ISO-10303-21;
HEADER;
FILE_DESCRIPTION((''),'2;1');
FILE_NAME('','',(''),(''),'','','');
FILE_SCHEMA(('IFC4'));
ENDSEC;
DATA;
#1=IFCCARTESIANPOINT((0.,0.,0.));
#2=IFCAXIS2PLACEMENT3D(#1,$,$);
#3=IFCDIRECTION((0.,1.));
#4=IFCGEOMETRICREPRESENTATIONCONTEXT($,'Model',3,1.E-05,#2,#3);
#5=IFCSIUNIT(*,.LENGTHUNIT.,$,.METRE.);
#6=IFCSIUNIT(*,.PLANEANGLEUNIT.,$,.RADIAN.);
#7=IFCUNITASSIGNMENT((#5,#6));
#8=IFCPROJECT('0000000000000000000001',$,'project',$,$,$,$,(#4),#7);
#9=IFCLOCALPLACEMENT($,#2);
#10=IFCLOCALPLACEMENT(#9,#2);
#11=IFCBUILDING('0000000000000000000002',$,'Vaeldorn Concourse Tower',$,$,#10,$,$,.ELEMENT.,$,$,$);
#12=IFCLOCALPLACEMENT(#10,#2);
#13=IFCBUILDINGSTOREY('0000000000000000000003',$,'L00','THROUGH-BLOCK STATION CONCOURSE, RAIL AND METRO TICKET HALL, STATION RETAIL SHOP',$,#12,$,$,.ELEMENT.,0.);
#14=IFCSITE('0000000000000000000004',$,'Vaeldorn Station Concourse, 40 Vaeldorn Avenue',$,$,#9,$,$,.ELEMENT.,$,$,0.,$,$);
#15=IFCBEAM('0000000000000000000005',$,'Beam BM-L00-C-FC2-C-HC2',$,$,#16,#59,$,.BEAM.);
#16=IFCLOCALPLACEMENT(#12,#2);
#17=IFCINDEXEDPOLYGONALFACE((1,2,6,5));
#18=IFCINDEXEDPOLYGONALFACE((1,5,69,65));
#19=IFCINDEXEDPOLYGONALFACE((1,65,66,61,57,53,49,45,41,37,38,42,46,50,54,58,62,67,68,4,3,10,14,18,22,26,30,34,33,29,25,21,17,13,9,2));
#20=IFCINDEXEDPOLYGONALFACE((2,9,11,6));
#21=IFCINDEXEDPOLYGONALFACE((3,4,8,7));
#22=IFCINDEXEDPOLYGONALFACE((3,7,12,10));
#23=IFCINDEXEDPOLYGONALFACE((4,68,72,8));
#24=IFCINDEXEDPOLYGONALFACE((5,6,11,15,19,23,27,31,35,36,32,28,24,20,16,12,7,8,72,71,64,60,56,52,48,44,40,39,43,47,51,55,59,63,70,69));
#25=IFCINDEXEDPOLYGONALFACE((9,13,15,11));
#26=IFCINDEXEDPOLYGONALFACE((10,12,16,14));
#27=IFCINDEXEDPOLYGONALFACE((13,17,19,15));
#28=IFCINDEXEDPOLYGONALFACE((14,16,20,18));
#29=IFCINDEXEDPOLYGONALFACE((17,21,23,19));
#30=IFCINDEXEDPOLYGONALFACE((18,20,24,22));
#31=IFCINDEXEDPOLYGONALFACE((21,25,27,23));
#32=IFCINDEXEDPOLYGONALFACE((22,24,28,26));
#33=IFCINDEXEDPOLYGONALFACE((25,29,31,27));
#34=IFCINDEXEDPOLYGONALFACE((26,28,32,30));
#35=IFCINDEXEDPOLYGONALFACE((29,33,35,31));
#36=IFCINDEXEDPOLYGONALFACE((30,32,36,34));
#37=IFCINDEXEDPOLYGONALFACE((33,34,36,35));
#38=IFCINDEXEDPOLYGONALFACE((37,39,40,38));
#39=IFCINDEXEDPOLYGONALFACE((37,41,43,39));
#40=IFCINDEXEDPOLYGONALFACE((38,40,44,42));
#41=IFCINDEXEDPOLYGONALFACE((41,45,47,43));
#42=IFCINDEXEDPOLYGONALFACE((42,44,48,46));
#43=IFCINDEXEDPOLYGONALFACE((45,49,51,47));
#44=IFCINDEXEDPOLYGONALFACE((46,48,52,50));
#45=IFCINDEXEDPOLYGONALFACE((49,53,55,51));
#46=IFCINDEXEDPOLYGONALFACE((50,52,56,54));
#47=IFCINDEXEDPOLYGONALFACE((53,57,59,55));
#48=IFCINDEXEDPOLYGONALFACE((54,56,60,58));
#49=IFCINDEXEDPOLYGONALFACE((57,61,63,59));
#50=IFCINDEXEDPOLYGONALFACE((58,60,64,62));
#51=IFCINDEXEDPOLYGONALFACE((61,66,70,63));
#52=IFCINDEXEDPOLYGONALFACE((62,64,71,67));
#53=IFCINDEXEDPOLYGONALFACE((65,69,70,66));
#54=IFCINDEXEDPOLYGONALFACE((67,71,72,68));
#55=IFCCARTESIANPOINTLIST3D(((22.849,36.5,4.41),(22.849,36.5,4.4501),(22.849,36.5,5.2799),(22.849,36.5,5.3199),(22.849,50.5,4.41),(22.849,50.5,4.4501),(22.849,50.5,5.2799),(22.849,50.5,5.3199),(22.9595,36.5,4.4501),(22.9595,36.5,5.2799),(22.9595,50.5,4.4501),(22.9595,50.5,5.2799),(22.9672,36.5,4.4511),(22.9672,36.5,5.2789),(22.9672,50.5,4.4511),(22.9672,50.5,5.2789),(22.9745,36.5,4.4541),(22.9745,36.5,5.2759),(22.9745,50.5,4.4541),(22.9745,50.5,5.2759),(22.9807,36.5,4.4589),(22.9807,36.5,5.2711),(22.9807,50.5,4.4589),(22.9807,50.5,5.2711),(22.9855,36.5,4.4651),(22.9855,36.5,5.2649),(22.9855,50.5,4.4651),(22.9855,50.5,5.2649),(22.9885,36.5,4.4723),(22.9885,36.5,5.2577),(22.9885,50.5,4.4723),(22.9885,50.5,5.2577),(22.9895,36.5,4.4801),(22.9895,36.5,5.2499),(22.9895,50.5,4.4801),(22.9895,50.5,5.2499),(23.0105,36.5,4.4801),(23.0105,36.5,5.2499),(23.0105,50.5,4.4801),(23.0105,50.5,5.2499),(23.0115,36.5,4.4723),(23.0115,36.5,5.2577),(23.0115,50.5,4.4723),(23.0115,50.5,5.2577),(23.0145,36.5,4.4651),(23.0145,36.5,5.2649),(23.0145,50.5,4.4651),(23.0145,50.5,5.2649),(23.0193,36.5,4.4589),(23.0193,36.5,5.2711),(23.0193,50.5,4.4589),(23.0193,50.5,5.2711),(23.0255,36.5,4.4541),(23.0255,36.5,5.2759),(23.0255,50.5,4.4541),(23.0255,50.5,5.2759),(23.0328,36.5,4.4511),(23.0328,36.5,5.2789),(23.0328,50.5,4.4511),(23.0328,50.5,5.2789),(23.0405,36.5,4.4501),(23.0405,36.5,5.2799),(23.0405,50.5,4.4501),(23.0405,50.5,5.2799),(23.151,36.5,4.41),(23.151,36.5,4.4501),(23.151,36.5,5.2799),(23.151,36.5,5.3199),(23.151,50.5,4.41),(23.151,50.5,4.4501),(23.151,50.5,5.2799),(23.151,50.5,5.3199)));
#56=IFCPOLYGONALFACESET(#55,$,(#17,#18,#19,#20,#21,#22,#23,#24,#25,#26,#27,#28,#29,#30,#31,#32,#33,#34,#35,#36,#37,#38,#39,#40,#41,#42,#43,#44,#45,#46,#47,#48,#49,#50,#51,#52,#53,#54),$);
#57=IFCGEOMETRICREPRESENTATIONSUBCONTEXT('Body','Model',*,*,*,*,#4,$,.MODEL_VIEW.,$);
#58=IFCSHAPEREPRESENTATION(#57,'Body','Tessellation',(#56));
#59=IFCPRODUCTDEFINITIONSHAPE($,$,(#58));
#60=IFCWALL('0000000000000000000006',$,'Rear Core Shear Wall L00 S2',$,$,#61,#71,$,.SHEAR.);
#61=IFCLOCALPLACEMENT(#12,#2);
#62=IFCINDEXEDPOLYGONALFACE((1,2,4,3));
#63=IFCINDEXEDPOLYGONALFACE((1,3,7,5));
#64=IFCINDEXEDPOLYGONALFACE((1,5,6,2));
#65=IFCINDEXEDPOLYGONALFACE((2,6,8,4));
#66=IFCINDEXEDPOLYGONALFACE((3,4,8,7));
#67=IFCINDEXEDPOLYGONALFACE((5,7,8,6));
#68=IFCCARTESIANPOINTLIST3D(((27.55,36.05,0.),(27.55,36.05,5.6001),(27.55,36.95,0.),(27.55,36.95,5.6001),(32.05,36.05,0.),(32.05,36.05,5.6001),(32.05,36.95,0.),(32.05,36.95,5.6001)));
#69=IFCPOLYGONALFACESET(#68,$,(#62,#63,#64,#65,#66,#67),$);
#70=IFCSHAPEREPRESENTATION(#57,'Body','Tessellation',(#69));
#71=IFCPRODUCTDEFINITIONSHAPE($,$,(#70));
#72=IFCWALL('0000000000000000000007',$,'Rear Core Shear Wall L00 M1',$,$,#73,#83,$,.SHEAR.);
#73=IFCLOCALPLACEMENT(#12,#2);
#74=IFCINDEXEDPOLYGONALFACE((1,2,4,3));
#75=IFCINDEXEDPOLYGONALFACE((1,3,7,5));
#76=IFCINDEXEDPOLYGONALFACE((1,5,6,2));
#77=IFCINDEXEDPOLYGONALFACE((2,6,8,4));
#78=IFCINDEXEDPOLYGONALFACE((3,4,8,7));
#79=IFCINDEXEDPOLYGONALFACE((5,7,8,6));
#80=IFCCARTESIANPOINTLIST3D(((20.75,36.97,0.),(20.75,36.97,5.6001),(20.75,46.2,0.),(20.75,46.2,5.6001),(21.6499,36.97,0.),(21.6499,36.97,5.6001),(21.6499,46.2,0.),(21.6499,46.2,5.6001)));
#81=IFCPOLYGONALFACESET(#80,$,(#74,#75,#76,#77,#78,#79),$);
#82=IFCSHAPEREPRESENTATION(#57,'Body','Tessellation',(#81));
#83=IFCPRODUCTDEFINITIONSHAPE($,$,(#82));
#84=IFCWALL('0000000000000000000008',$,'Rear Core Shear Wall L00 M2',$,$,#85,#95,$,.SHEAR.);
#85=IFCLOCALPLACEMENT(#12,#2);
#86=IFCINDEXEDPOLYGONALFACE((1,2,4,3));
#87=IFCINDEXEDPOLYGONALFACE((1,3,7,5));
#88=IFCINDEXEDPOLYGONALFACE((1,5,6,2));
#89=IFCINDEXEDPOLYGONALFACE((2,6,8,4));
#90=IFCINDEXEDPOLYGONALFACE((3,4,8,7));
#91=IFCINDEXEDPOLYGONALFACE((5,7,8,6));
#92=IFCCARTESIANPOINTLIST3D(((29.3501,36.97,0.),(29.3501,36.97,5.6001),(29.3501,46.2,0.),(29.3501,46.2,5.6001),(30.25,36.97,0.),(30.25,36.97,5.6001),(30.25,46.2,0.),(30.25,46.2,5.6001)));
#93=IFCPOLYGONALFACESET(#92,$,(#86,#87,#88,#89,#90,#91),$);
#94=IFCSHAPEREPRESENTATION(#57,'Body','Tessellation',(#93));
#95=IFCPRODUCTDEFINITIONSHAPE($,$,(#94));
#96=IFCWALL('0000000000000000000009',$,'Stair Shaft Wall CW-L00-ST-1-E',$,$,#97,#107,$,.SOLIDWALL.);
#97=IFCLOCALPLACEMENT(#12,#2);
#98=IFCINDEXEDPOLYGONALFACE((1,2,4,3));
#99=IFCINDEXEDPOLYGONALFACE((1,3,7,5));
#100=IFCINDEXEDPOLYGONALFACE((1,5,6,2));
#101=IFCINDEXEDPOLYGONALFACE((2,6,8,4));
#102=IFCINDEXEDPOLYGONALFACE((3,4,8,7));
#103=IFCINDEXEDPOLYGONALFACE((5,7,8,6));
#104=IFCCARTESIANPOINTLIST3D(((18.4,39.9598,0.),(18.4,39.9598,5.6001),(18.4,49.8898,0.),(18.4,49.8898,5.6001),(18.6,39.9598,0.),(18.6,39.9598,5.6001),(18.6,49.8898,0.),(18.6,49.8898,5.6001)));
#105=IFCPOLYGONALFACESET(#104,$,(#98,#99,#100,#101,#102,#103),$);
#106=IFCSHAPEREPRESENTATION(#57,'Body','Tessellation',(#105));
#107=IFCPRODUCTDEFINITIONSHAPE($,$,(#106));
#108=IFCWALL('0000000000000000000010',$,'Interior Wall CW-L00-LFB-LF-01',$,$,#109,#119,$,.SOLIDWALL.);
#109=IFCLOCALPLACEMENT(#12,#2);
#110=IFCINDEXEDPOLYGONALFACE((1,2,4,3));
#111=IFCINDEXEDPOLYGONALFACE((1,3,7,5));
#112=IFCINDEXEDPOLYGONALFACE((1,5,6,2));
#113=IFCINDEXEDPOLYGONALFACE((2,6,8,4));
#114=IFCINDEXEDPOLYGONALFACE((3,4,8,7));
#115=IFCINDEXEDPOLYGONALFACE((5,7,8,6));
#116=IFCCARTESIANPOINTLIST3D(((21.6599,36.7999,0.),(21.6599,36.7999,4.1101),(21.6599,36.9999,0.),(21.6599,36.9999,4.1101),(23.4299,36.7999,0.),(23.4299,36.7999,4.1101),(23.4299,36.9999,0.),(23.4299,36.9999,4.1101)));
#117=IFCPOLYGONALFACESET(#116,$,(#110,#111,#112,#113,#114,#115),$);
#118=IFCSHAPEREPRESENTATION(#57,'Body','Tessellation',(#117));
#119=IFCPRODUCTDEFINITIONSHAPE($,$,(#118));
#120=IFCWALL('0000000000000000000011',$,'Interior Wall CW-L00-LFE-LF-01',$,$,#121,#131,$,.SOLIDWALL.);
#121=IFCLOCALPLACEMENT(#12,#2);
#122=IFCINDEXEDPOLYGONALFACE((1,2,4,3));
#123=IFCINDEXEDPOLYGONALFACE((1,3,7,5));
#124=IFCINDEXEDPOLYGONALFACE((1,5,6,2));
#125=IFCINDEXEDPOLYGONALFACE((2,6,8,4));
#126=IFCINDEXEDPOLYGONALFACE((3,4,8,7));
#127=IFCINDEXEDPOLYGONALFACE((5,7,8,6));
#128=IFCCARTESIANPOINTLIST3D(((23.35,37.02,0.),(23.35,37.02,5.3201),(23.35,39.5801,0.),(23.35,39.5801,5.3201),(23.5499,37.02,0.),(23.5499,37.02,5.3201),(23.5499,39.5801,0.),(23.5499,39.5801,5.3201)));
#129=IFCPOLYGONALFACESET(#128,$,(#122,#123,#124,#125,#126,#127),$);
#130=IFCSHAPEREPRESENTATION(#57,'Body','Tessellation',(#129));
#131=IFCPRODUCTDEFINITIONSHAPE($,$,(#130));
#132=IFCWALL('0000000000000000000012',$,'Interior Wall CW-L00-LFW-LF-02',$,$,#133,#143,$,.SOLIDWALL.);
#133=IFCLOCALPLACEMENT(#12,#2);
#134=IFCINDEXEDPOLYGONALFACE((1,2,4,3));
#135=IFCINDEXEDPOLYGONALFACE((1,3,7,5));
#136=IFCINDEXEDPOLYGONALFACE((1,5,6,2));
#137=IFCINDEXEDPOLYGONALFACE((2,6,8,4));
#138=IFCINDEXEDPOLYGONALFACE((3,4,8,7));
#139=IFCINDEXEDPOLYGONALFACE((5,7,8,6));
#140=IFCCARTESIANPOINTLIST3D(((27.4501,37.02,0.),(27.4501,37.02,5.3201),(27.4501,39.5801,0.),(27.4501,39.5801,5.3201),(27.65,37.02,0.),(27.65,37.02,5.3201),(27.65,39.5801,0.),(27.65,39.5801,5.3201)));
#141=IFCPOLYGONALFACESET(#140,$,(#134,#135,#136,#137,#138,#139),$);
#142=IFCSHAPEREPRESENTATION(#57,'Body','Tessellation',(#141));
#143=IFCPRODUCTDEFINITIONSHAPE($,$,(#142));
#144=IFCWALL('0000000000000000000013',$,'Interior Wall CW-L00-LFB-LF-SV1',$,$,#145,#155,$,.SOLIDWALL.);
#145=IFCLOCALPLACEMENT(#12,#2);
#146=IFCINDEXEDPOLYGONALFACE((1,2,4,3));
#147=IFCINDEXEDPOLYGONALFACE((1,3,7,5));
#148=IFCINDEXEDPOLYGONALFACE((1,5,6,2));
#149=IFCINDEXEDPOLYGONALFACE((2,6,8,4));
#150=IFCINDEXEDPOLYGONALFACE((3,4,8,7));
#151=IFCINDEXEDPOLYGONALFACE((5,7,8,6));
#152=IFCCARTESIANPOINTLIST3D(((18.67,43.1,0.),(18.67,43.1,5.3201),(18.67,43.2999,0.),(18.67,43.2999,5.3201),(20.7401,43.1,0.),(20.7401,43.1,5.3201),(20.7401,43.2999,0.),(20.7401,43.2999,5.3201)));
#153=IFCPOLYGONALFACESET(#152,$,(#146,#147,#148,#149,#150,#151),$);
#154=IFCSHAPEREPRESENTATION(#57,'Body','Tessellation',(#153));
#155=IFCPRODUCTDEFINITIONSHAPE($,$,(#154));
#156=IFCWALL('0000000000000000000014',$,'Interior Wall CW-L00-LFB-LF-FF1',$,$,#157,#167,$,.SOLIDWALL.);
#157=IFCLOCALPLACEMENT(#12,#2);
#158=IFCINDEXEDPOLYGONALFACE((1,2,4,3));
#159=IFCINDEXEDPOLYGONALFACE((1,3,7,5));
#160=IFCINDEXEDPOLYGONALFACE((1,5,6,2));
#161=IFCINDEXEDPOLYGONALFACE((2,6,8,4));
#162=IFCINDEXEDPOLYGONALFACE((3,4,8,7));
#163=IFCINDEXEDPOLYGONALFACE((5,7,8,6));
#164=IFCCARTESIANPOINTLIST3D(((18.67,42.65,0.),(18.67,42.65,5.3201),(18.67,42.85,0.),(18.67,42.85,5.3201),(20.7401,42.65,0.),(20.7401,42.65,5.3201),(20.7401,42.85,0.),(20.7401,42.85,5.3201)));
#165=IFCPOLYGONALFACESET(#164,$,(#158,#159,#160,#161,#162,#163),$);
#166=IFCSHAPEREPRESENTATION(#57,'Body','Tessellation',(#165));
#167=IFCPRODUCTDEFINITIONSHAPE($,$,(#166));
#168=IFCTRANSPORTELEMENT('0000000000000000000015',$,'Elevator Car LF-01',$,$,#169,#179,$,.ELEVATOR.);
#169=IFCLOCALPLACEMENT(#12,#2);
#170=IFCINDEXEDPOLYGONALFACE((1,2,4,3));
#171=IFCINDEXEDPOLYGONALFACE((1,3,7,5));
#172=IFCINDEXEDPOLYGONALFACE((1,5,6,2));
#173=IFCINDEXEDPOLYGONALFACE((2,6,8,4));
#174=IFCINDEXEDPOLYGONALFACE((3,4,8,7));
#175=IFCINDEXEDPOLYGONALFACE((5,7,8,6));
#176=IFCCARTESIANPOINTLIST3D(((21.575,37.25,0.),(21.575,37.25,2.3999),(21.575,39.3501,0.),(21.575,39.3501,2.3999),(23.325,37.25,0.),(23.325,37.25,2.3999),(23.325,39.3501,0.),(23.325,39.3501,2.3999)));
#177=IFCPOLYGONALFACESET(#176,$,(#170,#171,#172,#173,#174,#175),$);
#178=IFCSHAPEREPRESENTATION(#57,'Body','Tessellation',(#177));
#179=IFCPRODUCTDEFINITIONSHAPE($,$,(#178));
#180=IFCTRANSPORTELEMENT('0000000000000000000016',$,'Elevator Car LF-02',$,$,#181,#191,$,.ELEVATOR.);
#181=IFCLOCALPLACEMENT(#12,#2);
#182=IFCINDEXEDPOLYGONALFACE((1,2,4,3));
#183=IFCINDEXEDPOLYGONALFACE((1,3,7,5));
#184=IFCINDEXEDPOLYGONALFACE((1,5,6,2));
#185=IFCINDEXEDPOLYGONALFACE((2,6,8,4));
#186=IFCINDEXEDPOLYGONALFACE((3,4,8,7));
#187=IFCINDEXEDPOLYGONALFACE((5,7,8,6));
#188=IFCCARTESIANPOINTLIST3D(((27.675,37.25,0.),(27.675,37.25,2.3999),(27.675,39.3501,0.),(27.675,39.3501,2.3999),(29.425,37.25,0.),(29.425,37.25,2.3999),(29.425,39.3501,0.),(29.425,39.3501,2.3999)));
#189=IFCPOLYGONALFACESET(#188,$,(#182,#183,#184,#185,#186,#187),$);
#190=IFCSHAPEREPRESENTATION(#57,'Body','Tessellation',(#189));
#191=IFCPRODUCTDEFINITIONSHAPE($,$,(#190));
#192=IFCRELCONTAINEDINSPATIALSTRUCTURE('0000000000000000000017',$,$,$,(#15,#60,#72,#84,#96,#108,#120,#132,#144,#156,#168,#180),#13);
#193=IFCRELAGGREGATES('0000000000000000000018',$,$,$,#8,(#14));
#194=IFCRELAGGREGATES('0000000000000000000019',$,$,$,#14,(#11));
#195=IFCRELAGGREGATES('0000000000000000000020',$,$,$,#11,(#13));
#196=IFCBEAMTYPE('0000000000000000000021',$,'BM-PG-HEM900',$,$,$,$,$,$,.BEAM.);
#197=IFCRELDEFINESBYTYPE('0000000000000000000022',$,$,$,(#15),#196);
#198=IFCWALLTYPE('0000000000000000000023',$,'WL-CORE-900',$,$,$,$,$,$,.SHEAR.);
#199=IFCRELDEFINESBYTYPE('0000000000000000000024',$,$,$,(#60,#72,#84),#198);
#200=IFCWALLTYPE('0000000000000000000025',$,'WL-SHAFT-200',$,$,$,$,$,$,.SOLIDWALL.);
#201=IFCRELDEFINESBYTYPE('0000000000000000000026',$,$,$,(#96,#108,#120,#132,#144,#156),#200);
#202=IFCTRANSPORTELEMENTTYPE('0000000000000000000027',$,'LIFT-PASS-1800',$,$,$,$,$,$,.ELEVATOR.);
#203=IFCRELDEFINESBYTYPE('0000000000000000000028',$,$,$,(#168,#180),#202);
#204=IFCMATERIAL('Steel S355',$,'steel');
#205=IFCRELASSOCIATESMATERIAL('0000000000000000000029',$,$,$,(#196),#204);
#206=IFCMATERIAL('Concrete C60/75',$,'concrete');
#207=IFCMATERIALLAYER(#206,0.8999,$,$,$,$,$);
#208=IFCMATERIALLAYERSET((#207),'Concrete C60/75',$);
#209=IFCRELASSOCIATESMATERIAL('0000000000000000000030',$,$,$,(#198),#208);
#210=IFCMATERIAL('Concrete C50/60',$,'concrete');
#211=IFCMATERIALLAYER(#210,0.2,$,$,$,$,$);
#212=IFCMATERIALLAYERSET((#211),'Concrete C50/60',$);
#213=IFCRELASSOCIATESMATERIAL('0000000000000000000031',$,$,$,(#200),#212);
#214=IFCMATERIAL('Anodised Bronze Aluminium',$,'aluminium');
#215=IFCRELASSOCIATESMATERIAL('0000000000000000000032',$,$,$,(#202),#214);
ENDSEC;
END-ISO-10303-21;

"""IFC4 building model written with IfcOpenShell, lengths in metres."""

from ifc_helpers import new_model, si_unit, direction, frame, frame_2d, origin, origin_2d, place, context, subcontext, project, spatial, rectangle, i_section, extrude, source, transform, mapped, material, layer, layer_set, material_profile, profile_set, type_object, element, save


model = new_model("IFC4")

# Units and contexts
model_context = context("Model", 3, precision=1e-05, world=origin(), true_north=direction((0.0, 1.0)))
body_context = subcontext(model_context, "Body", "Model", "MODEL_VIEW")
ifc_project = project(units=[si_unit("LENGTHUNIT", "METRE"), si_unit("PLANEANGLEUNIT", "RADIAN")], contexts=[model_context])

# Site, building, storey
site_placement = place(None, origin())
site = spatial("IfcSite", under=ifc_project, at=site_placement, Name="Vaeldorn Station Concourse, 40 Vaeldorn Avenue", CompositionType="ELEMENT", RefElevation=0.0)
building_placement = place(site_placement, origin())
building = spatial("IfcBuilding", under=site, at=building_placement, Name="Vaeldorn Concourse Tower", CompositionType="ELEMENT")
storey_placement = place(building_placement, origin())
storey = spatial("IfcBuildingStorey", under=building, at=storey_placement, Name="L00", Description="THROUGH-BLOCK STATION CONCOURSE, RAIL AND METRO TICKET HALL, STATION RETAIL SHOP", CompositionType="ELEMENT", Elevation=0.0)

# Beam
ifc_material_1 = material(Name="Steel S355", Category="steel")
ifc_material_profile_1 = material_profile(ifc_material_1, i_section(OverallWidth=0.302, OverallDepth=0.9099, WebThickness=0.021, FlangeThickness=0.04, FilletRadius=0.03, at=origin_2d()), Name="HEM 900")
ifc_profile_set_1 = profile_set([ifc_material_profile_1], Name="Steel S355")
beam_type = type_object("IfcBeamType", Name="BM-PG-HEM900", PredefinedType="BEAM", material=ifc_profile_set_1)
shared_shape_1 = source(origin(), body_context, "Body", "SweptSolid", [
    extrude(i_section(OverallWidth=0.302, OverallDepth=0.9099, WebThickness=0.021, FlangeThickness=0.04, FilletRadius=0.03, at=origin_2d()), origin(), (0.0, 0.0, 1.0), 14.0),
])
beam_1_placement = place(storey_placement, frame((23.0, 36.5, 4.865), z_axis=(0.0, 1.0, 0.0), x_axis=(-1.0, 0.0, 0.0)))
element("IfcBeam", 1, at=beam_1_placement, inside=storey, type_object=beam_type, Name="Beam BM-L00-C-FC2-C-HC2", PredefinedType="BEAM", context=body_context, shape_type="MappedRepresentation", body=[
    mapped(shared_shape_1, transform((0.0, 0.0, 0.0), scale=1.0)),
])

# Walls
ifc_material_2 = material(Name="Concrete C60/75", Category="concrete")
ifc_layer_1 = layer(ifc_material_2, 0.8999)
ifc_layer_set_1 = layer_set([ifc_layer_1], Name="Concrete C60/75")
wall_type_1 = type_object("IfcWallType", Name="WL-CORE-900", PredefinedType="SHEAR", material=ifc_layer_set_1)
wall_1_placement = place(storey_placement, frame((27.55, 36.5, 0.0), z_axis=(0.0, 0.0, 1.0), x_axis=(1.0, 0.0, 0.0)))
element("IfcWall", 2, at=wall_1_placement, inside=storey, type_object=wall_type_1, Name="Rear Core Shear Wall L00 S2", PredefinedType="SHEAR", context=body_context, shape_type="SweptSolid", body=[
    extrude(rectangle(XDim=4.5, YDim=0.8999, at=frame_2d((2.25, 0.0))), origin(), (0.0, 0.0, 1.0), 5.6001),
])
for number, where, z_axis, x_axis, name in (
    (3, (21.2, 36.97, 0.0), (0.0, 0.0, 1.0), (0.0, 1.0, 0.0), "Rear Core Shear Wall L00 M1"),
    (4, (29.8, 36.97, 0.0), (0.0, 0.0, 1.0), (0.0, 1.0, 0.0), "Rear Core Shear Wall L00 M2"),
):
    element("IfcWall", number, at=place(storey_placement, frame(where, z_axis=z_axis, x_axis=x_axis)), inside=storey, type_object=wall_type_1, Name=name, PredefinedType="SHEAR", context=body_context, shape_type="SweptSolid", body=[
        extrude(rectangle(XDim=9.23, YDim=0.8999, at=frame_2d((4.615, 0.0))), origin(), (0.0, 0.0, 1.0), 5.6001),
    ])
ifc_material_3 = material(Name="Concrete C50/60", Category="concrete")
ifc_layer_2 = layer(ifc_material_3, 0.2)
ifc_layer_set_2 = layer_set([ifc_layer_2], Name="Concrete C50/60")
wall_type_2 = type_object("IfcWallType", Name="WL-SHAFT-200", PredefinedType="SOLIDWALL", material=ifc_layer_set_2)
wall_2_placement = place(storey_placement, frame((18.5, 39.96, 0.0), z_axis=(0.0, 0.0, 1.0), x_axis=(0.0, 1.0, 0.0)))
element("IfcWall", 5, at=wall_2_placement, inside=storey, type_object=wall_type_2, Name="Stair Shaft Wall CW-L00-ST-1-E", PredefinedType="SOLIDWALL", context=body_context, shape_type="SweptSolid", body=[
    extrude(rectangle(XDim=9.9299, YDim=0.2, at=frame_2d((4.9648, 0.0))), origin(), (0.0, 0.0, 1.0), 5.6001),
])

# Shared definitions
ifc_material_4 = material(Name="Anodised Bronze Aluminium", Category="aluminium")

# Walls
wall_3_placement = place(storey_placement, frame((21.6599, 36.8999, 0.0), z_axis=(0.0, 0.0, 1.0), x_axis=(1.0, 0.0, 0.0)))
element("IfcWall", 6, at=wall_3_placement, inside=storey, type_object=wall_type_2, Name="Interior Wall CW-L00-LFB-LF-01", PredefinedType="SOLIDWALL", context=body_context, shape_type="SweptSolid", body=[
    extrude(rectangle(XDim=1.77, YDim=0.2, at=frame_2d((0.885, 0.0))), origin(), (0.0, 0.0, 1.0), 4.1101),
])
wall_4_placement = place(storey_placement, frame((23.45, 37.02, 0.0), z_axis=(0.0, 0.0, 1.0), x_axis=(0.0, 1.0, 0.0)))
element("IfcWall", 7, at=wall_4_placement, inside=storey, type_object=wall_type_2, Name="Interior Wall CW-L00-LFE-LF-01", PredefinedType="SOLIDWALL", context=body_context, shape_type="SweptSolid", body=[
    extrude(rectangle(XDim=2.5601, YDim=0.2, at=frame_2d((1.28, 0.0))), origin(), (0.0, 0.0, 1.0), 5.3201),
])

# Wall
wall_5_placement = place(storey_placement, frame((27.55, 37.02, 0.0), z_axis=(0.0, 0.0, 1.0), x_axis=(0.0, 1.0, 0.0)))
element("IfcWall", 8, at=wall_5_placement, inside=storey, type_object=wall_type_2, Name="Interior Wall CW-L00-LFW-LF-02", PredefinedType="SOLIDWALL", context=body_context, shape_type="SweptSolid", body=[
    extrude(rectangle(XDim=2.5601, YDim=0.2, at=frame_2d((1.28, 0.0))), origin(), (0.0, 0.0, 1.0), 5.3201),
])

# Wall
wall_6_placement = place(storey_placement, frame((18.6699, 43.2, 0.0), z_axis=(0.0, 0.0, 1.0), x_axis=(1.0, 0.0, 0.0)))
element("IfcWall", 9, at=wall_6_placement, inside=storey, type_object=wall_type_2, Name="Interior Wall CW-L00-LFB-LF-SV1", PredefinedType="SOLIDWALL", context=body_context, shape_type="SweptSolid", body=[
    extrude(rectangle(XDim=2.0701, YDim=0.2, at=frame_2d((1.0352, 0.0))), origin(), (0.0, 0.0, 1.0), 5.3201),
])

# Wall
wall_7_placement = place(storey_placement, frame((18.6699, 42.75, 0.0), z_axis=(0.0, 0.0, 1.0), x_axis=(1.0, 0.0, 0.0)))
element("IfcWall", 10, at=wall_7_placement, inside=storey, type_object=wall_type_2, Name="Interior Wall CW-L00-LFB-LF-FF1", PredefinedType="SOLIDWALL", context=body_context, shape_type="SweptSolid", body=[
    extrude(rectangle(XDim=2.0701, YDim=0.2, at=frame_2d((1.0352, 0.0))), origin(), (0.0, 0.0, 1.0), 5.3201),
])

# Transport elements
transport_element_type = type_object("IfcTransportElementType", Name="LIFT-PASS-1800", PredefinedType="ELEVATOR", material=ifc_material_4)
shared_shape_2 = source(origin(), body_context, "Body", "SweptSolid", [
    extrude(rectangle(XDim=1.75, YDim=2.1001, at=origin_2d()), origin(), (0.0, 0.0, 1.0), 2.3999),
])
for number, where, z_axis, x_axis, name in (
    (11, (22.45, 38.3, 0.0), (0.0, 0.0, 1.0), (1.0, 0.0, 0.0), "Elevator Car LF-01"),
    (12, (28.55, 38.3, 0.0), (0.0, 0.0, 1.0), (1.0, 0.0, 0.0), "Elevator Car LF-02"),
):
    element("IfcTransportElement", number, at=place(storey_placement, frame(where, z_axis=z_axis, x_axis=x_axis)), inside=storey, type_object=transport_element_type, Name=name, PredefinedType="ELEVATOR", context=body_context, shape_type="MappedRepresentation", body=[
        mapped(shared_shape_2, transform((0.0, 0.0, 0.0), scale=1.0)),
    ])

save(model, "model.ifc")
